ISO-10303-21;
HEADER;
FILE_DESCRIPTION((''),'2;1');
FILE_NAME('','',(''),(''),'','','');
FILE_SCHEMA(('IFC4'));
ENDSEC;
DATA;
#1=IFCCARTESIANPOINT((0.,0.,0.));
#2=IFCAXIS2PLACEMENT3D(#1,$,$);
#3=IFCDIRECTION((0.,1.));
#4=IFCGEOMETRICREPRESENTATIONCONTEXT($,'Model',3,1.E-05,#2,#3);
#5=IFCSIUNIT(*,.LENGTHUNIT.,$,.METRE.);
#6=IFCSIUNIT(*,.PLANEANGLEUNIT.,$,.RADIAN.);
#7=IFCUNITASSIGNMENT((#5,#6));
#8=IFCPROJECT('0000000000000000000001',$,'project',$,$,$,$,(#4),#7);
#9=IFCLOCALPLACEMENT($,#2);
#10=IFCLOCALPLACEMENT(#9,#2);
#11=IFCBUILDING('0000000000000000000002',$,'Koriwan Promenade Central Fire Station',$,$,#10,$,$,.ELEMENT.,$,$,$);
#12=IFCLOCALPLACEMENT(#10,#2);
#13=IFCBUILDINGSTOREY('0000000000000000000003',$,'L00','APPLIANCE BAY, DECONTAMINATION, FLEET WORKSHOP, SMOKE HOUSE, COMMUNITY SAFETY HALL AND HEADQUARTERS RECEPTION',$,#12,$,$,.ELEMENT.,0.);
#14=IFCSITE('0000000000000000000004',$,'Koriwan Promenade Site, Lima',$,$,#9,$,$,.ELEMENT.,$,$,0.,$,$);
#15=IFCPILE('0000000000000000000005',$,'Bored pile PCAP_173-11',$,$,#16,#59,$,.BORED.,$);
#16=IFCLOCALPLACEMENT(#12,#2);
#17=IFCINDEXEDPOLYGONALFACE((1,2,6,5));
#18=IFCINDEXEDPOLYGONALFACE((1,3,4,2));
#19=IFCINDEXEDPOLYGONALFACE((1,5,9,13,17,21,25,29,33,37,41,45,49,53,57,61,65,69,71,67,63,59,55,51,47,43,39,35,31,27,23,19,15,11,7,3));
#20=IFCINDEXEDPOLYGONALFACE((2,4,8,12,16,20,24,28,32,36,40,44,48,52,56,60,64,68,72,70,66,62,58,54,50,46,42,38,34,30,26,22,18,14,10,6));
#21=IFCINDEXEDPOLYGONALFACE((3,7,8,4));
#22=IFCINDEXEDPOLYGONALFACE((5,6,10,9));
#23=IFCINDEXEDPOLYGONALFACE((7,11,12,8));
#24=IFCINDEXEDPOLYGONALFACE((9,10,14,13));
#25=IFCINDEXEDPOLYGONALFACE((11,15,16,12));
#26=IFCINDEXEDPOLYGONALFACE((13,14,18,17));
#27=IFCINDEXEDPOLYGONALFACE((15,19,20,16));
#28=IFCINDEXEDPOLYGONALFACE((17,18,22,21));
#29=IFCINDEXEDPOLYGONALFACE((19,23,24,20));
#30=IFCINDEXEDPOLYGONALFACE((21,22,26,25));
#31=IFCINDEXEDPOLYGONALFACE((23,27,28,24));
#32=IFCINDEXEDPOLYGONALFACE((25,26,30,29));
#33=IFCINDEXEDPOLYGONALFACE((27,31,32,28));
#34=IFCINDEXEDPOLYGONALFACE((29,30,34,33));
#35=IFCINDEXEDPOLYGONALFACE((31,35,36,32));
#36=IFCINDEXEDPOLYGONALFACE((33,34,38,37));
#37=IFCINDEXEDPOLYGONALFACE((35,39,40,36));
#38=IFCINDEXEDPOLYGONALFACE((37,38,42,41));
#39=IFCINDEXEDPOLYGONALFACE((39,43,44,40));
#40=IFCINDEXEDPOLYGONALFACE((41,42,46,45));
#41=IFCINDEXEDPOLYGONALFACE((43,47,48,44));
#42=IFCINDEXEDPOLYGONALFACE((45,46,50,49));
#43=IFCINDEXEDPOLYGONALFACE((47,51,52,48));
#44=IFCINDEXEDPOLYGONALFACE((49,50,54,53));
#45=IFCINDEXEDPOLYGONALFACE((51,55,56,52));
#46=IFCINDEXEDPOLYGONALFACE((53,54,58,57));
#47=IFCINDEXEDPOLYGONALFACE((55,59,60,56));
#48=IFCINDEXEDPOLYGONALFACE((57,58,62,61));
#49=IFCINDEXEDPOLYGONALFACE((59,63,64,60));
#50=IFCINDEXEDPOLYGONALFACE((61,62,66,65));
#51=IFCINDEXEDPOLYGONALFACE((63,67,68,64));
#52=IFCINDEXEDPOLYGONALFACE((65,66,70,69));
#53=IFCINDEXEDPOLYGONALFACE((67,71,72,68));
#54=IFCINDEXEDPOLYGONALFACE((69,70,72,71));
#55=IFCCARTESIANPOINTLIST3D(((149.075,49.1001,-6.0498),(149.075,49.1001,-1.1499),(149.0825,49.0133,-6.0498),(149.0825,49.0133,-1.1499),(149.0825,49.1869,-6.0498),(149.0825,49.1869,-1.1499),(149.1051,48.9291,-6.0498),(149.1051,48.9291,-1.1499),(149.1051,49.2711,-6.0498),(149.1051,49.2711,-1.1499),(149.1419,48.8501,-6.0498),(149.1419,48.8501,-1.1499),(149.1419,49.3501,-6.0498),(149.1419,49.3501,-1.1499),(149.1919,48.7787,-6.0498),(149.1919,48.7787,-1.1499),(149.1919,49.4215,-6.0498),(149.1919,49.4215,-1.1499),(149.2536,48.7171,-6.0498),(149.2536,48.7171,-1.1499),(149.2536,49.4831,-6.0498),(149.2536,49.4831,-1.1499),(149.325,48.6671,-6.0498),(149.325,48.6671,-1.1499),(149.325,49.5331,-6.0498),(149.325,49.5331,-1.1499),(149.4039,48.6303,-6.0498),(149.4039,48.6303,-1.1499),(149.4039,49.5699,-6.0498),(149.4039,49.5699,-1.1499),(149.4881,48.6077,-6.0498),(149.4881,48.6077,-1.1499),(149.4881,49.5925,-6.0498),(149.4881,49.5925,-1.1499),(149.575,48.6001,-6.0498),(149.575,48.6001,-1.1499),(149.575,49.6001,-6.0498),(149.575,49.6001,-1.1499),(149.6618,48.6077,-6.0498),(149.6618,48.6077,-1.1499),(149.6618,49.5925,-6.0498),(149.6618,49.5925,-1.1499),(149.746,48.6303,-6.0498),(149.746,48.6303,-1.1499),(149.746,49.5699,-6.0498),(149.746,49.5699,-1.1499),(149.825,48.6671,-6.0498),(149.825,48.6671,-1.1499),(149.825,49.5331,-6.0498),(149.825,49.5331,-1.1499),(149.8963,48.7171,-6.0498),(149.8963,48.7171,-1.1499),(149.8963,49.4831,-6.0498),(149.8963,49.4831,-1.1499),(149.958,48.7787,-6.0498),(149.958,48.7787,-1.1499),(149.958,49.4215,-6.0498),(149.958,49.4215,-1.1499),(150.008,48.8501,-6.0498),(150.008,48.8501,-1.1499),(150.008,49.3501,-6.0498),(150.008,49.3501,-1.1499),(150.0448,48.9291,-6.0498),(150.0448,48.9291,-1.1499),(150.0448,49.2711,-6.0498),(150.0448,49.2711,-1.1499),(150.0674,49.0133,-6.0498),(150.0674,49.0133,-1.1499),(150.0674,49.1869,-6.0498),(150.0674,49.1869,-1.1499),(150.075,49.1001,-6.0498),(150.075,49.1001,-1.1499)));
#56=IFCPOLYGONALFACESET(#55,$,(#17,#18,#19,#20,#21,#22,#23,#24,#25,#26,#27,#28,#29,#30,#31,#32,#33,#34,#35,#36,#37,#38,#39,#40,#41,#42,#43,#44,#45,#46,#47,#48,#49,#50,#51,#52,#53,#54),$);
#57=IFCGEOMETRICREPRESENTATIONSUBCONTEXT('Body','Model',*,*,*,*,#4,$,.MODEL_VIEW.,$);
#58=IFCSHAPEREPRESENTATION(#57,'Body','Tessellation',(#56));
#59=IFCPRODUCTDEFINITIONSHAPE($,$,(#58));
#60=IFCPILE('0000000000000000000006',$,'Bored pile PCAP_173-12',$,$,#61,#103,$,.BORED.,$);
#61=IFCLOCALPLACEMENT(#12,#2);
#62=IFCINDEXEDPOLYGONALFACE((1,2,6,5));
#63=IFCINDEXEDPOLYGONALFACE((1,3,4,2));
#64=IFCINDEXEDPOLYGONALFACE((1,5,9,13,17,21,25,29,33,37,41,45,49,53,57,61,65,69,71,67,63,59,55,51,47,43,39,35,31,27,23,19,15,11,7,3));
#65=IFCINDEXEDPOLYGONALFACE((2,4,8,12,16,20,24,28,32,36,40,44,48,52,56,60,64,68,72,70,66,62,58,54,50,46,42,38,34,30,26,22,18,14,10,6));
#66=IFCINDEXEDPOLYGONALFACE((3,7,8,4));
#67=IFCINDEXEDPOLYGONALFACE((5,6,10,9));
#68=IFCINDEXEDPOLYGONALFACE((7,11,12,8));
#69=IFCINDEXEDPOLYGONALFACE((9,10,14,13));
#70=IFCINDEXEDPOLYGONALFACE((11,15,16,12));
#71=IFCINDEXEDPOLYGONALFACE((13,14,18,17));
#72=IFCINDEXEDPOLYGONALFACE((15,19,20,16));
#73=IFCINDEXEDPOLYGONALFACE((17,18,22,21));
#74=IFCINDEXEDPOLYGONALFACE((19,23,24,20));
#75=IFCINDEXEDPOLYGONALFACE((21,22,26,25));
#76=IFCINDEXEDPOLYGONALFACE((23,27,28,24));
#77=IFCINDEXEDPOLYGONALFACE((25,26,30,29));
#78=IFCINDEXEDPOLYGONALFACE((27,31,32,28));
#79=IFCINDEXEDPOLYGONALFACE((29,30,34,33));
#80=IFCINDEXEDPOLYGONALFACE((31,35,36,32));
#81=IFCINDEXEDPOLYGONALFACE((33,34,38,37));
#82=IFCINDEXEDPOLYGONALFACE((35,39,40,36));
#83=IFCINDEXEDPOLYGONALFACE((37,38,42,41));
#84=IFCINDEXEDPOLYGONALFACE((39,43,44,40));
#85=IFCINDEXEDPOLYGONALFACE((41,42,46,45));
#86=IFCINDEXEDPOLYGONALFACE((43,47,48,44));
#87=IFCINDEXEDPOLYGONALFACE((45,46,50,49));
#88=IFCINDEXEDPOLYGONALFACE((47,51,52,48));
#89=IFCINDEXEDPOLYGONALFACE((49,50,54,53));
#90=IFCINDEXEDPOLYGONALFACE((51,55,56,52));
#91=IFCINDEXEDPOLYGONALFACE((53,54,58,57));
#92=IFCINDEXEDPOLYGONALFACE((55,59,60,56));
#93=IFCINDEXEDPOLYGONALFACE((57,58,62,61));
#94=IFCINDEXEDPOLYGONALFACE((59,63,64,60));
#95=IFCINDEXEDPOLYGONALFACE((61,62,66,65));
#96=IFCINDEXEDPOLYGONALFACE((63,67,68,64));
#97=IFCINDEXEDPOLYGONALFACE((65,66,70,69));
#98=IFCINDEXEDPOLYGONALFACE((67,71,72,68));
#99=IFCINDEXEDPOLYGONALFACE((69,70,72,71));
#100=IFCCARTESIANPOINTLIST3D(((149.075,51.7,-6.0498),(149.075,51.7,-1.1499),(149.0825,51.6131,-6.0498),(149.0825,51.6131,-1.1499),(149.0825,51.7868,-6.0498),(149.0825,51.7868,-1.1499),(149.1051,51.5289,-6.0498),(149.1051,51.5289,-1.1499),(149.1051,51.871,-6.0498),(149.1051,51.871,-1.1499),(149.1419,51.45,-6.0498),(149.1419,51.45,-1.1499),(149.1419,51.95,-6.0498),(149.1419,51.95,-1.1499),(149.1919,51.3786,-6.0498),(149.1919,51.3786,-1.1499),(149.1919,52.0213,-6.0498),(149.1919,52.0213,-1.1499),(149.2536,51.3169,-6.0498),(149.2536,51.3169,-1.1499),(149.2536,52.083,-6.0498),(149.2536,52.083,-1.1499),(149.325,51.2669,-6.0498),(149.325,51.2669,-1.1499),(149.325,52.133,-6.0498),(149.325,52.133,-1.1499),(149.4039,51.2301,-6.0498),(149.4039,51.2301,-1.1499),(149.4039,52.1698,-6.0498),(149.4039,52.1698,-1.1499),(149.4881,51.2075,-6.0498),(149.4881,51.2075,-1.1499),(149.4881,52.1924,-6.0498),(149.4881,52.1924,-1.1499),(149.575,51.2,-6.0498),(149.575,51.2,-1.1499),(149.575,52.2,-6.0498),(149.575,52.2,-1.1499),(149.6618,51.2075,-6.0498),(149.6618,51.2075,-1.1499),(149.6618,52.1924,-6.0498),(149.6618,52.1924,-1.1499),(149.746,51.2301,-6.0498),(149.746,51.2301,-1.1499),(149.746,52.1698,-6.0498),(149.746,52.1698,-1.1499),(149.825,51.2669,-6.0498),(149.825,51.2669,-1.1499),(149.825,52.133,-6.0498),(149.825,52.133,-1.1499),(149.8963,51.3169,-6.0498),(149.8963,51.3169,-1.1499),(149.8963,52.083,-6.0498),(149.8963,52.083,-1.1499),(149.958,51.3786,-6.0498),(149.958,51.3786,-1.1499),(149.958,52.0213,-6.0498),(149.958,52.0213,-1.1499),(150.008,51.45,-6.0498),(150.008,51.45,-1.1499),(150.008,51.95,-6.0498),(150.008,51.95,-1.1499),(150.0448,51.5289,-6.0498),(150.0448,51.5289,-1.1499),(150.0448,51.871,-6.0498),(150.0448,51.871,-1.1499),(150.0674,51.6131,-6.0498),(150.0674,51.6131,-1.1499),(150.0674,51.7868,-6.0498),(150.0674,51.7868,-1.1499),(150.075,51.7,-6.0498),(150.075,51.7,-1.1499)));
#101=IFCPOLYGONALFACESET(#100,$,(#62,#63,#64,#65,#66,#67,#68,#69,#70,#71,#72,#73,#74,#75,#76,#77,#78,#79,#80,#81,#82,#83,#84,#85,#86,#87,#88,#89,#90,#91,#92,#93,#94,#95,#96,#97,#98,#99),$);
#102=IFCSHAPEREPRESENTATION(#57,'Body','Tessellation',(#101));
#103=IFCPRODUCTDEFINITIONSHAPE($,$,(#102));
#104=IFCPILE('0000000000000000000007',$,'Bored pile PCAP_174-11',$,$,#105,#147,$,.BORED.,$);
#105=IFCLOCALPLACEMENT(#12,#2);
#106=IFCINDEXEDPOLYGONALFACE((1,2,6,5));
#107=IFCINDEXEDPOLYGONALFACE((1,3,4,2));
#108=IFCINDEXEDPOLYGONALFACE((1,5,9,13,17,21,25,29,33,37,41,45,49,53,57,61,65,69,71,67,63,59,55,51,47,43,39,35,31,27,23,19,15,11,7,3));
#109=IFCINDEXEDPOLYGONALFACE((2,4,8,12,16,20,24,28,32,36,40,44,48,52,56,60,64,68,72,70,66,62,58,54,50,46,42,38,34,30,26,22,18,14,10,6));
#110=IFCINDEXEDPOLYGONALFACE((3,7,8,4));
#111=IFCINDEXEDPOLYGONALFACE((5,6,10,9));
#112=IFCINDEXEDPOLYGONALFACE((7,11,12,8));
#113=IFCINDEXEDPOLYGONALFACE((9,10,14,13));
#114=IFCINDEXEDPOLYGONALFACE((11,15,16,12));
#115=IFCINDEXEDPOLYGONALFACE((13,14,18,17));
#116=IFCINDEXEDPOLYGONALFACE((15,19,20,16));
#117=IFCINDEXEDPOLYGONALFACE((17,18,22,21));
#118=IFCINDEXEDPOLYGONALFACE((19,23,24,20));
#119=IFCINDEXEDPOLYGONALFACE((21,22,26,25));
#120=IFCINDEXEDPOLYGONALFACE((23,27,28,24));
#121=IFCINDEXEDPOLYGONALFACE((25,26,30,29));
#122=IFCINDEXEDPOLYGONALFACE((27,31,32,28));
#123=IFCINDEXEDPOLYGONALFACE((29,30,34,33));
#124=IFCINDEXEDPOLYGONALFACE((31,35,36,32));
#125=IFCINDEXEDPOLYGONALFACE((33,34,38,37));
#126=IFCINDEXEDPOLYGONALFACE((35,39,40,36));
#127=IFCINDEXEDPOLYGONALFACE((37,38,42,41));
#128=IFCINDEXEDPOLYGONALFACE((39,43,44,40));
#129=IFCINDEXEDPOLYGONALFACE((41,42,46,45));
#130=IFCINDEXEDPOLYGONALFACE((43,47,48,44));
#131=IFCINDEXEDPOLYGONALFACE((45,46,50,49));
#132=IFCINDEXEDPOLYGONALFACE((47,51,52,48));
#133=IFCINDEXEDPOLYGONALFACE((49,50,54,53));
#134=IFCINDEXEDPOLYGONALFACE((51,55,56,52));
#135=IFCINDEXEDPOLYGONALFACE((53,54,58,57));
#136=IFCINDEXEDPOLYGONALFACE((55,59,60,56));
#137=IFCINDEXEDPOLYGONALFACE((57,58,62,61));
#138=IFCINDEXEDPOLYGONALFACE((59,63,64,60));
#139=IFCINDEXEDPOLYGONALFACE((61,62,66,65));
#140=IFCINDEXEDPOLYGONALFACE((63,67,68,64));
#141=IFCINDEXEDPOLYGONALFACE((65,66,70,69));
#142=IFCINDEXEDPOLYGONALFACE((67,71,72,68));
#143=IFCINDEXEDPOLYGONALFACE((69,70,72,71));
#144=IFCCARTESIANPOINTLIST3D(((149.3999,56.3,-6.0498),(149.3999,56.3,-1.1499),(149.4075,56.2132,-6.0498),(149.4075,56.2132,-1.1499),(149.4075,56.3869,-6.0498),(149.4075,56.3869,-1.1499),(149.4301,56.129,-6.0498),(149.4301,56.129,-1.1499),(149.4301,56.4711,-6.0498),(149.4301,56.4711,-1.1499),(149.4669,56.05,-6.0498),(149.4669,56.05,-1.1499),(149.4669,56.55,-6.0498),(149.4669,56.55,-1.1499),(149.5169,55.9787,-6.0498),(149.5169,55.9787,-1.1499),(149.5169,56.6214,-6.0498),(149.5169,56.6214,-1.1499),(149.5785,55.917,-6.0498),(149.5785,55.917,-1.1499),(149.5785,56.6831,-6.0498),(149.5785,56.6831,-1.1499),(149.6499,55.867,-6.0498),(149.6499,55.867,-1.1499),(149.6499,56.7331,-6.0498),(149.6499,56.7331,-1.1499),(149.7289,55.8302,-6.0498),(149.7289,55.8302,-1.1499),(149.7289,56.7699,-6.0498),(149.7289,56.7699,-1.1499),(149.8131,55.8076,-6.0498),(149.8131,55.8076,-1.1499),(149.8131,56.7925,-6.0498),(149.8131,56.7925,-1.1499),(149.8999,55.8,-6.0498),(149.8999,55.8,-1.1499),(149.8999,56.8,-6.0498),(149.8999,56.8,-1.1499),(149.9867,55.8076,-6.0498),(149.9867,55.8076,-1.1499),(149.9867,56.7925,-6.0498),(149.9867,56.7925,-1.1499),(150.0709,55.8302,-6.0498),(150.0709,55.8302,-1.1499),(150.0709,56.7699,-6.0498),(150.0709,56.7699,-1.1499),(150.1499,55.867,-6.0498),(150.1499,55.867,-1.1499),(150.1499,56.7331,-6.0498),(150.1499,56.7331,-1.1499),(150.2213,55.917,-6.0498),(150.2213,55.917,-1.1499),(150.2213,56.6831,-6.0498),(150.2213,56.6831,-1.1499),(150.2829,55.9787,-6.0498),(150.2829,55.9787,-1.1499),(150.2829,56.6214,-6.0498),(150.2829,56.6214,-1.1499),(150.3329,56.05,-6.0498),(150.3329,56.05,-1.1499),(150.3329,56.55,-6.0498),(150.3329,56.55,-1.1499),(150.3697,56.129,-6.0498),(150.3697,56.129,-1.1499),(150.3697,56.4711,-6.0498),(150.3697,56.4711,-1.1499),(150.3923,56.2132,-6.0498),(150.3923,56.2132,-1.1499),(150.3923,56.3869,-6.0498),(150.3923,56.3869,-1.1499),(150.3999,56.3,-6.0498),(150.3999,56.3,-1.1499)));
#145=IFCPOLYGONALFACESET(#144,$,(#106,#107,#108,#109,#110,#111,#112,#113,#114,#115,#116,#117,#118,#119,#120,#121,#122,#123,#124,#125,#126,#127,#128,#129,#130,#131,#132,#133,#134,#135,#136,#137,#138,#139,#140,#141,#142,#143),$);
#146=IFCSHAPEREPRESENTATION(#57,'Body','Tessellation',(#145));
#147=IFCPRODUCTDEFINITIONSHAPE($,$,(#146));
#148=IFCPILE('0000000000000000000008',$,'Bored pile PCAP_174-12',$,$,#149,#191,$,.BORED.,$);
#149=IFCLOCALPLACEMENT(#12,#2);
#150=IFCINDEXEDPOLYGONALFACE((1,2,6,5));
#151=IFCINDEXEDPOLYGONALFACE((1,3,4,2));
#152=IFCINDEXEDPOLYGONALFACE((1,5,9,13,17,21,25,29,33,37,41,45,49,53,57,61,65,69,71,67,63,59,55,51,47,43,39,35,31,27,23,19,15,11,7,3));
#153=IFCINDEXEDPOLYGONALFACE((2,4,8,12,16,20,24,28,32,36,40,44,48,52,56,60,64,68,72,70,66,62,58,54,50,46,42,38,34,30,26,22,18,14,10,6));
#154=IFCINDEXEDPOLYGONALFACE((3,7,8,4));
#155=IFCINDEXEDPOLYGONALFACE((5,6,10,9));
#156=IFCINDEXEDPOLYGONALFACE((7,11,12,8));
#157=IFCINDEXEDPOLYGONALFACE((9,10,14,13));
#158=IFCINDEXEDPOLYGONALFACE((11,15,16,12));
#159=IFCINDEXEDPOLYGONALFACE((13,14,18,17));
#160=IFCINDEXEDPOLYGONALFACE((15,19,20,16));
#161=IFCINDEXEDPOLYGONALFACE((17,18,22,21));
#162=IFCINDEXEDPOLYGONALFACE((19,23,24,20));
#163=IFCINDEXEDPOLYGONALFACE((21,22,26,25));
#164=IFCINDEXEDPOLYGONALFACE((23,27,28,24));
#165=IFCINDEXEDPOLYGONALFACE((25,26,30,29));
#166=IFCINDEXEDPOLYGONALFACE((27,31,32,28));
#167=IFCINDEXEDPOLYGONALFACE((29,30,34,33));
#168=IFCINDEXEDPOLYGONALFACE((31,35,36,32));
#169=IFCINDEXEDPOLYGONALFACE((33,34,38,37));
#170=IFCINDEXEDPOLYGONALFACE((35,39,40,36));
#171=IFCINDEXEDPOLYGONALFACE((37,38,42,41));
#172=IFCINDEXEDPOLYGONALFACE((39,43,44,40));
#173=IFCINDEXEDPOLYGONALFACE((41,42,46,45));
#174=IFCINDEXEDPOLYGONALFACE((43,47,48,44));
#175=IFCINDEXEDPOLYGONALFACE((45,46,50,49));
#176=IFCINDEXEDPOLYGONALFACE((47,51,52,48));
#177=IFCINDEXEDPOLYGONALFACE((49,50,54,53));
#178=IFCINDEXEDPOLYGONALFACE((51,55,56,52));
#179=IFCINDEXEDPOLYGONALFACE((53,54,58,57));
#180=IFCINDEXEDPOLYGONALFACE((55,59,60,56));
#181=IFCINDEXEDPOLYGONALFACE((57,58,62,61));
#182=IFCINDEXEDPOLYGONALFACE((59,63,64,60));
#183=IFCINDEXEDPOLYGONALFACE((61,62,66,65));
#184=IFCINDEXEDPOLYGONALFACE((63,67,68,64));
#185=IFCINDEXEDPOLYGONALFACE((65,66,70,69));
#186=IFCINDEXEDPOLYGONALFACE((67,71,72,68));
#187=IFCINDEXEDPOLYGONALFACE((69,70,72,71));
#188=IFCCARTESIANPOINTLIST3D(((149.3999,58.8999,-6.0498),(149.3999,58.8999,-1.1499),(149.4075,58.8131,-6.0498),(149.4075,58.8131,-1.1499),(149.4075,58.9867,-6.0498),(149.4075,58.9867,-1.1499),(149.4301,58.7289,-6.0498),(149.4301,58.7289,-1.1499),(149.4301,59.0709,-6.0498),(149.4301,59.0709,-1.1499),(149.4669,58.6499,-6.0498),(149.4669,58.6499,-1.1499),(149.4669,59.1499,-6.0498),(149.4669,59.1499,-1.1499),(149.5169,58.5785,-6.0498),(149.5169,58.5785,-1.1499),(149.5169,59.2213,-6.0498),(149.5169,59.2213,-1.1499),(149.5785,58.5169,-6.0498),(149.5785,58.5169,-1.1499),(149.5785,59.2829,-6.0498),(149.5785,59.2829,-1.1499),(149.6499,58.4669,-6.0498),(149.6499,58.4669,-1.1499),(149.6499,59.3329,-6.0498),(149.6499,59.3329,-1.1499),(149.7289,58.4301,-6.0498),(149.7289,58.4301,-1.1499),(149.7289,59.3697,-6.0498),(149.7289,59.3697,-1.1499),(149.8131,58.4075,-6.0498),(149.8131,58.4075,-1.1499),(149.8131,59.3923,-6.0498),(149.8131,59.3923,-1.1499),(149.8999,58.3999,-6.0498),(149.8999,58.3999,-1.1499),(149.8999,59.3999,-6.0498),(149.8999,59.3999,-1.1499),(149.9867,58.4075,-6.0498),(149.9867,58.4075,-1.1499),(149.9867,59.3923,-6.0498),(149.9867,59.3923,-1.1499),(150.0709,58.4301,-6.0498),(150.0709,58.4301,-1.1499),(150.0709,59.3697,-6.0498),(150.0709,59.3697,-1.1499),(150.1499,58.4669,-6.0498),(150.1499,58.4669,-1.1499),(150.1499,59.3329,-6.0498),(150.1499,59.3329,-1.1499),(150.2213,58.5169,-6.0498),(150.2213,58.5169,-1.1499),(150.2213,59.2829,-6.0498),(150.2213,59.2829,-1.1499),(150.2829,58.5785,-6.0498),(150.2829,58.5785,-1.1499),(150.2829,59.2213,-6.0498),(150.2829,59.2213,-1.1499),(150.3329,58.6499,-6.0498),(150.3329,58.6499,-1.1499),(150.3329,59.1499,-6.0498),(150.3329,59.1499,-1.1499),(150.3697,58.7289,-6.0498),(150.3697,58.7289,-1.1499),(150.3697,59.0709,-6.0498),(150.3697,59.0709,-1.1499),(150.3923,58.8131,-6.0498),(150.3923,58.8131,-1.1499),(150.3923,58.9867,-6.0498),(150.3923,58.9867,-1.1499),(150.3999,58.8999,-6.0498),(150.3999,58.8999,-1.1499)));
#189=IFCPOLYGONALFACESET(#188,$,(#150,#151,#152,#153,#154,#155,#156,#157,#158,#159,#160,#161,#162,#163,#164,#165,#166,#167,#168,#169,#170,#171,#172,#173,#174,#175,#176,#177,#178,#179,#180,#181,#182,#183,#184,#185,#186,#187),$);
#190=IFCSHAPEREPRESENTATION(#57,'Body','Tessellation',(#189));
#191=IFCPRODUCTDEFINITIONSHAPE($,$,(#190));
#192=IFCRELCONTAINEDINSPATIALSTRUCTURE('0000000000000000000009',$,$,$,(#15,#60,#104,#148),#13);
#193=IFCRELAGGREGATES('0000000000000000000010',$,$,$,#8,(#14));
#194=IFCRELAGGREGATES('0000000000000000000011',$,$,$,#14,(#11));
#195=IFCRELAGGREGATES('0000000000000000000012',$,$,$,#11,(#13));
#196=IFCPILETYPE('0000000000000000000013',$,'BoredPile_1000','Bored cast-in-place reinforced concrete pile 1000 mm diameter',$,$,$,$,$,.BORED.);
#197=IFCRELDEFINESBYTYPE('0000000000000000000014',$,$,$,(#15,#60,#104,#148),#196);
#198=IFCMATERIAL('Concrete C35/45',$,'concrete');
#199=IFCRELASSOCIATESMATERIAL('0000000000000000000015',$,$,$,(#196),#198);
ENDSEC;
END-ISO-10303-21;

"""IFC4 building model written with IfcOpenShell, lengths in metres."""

from ifc_helpers import new_model, si_unit, direction, frame, origin, origin_2d, place, context, subcontext, project, spatial, circle, extrude, material, material_profile, profile_set, type_object, element, save


model = new_model("IFC4")

# Units and contexts
model_context = context("Model", 3, precision=1e-05, world=origin(), true_north=direction((0.0, 1.0)))
body_context = subcontext(model_context, "Body", "Model", "MODEL_VIEW")
ifc_project = project(units=[si_unit("LENGTHUNIT", "METRE"), si_unit("PLANEANGLEUNIT", "RADIAN")], contexts=[model_context])

# Site, building, storey
site_placement = place(None, origin())
site = spatial("IfcSite", under=ifc_project, at=site_placement, Name="Koriwan Promenade Site, Lima", CompositionType="ELEMENT", RefElevation=0.0)
building_placement = place(site_placement, origin())
building = spatial("IfcBuilding", under=site, at=building_placement, Name="Koriwan Promenade Central Fire Station", CompositionType="ELEMENT")
storey_placement = place(building_placement, origin())
storey = spatial("IfcBuildingStorey", under=building, at=storey_placement, Name="L00", Description="APPLIANCE BAY, DECONTAMINATION, FLEET WORKSHOP, SMOKE HOUSE, COMMUNITY SAFETY HALL AND HEADQUARTERS RECEPTION", CompositionType="ELEMENT", Elevation=0.0)

# Piles
ifc_material_1 = material(Name="Concrete C35/45", Category="concrete")
ifc_material_profile_1 = material_profile(ifc_material_1, circle(Radius=0.5, at=origin_2d()), Name="PILE-D1000")
ifc_profile_set_1 = profile_set([ifc_material_profile_1], Name="Concrete C35/45")
pile_type_1 = type_object("IfcPileType", Name="BoredPile_1000", Description="Bored cast-in-place reinforced concrete pile 1000 mm diameter", PredefinedType="BORED", material=ifc_profile_set_1)
for number, where, z_axis, x_axis, name in (
    (1, (149.575, 49.1001, -1.1499), (0.0, 0.0, -1.0), (1.0, 0.0, 0.0), "Bored pile PCAP_173-11"),
    (2, (149.575, 51.7, -1.1499), (0.0, 0.0, -1.0), (1.0, 0.0, 0.0), "Bored pile PCAP_173-12"),
    (3, (149.8999, 56.3, -1.1499), (0.0, 0.0, -1.0), (1.0, 0.0, 0.0), "Bored pile PCAP_174-11"),
    (4, (149.8999, 58.8999, -1.1499), (0.0, 0.0, -1.0), (1.0, 0.0, 0.0), "Bored pile PCAP_174-12"),
):
    element("IfcPile", number, at=place(storey_placement, frame(where, z_axis=z_axis, x_axis=x_axis)), inside=storey, type_object=pile_type_1, Name=name, PredefinedType="BORED", context=body_context, shape_type="SweptSolid", body=[
        extrude(circle(Radius=0.5, at=origin_2d()), origin(), (0.0, 0.0, 1.0), 4.8999),
    ])

save(model, "model.ifc")
